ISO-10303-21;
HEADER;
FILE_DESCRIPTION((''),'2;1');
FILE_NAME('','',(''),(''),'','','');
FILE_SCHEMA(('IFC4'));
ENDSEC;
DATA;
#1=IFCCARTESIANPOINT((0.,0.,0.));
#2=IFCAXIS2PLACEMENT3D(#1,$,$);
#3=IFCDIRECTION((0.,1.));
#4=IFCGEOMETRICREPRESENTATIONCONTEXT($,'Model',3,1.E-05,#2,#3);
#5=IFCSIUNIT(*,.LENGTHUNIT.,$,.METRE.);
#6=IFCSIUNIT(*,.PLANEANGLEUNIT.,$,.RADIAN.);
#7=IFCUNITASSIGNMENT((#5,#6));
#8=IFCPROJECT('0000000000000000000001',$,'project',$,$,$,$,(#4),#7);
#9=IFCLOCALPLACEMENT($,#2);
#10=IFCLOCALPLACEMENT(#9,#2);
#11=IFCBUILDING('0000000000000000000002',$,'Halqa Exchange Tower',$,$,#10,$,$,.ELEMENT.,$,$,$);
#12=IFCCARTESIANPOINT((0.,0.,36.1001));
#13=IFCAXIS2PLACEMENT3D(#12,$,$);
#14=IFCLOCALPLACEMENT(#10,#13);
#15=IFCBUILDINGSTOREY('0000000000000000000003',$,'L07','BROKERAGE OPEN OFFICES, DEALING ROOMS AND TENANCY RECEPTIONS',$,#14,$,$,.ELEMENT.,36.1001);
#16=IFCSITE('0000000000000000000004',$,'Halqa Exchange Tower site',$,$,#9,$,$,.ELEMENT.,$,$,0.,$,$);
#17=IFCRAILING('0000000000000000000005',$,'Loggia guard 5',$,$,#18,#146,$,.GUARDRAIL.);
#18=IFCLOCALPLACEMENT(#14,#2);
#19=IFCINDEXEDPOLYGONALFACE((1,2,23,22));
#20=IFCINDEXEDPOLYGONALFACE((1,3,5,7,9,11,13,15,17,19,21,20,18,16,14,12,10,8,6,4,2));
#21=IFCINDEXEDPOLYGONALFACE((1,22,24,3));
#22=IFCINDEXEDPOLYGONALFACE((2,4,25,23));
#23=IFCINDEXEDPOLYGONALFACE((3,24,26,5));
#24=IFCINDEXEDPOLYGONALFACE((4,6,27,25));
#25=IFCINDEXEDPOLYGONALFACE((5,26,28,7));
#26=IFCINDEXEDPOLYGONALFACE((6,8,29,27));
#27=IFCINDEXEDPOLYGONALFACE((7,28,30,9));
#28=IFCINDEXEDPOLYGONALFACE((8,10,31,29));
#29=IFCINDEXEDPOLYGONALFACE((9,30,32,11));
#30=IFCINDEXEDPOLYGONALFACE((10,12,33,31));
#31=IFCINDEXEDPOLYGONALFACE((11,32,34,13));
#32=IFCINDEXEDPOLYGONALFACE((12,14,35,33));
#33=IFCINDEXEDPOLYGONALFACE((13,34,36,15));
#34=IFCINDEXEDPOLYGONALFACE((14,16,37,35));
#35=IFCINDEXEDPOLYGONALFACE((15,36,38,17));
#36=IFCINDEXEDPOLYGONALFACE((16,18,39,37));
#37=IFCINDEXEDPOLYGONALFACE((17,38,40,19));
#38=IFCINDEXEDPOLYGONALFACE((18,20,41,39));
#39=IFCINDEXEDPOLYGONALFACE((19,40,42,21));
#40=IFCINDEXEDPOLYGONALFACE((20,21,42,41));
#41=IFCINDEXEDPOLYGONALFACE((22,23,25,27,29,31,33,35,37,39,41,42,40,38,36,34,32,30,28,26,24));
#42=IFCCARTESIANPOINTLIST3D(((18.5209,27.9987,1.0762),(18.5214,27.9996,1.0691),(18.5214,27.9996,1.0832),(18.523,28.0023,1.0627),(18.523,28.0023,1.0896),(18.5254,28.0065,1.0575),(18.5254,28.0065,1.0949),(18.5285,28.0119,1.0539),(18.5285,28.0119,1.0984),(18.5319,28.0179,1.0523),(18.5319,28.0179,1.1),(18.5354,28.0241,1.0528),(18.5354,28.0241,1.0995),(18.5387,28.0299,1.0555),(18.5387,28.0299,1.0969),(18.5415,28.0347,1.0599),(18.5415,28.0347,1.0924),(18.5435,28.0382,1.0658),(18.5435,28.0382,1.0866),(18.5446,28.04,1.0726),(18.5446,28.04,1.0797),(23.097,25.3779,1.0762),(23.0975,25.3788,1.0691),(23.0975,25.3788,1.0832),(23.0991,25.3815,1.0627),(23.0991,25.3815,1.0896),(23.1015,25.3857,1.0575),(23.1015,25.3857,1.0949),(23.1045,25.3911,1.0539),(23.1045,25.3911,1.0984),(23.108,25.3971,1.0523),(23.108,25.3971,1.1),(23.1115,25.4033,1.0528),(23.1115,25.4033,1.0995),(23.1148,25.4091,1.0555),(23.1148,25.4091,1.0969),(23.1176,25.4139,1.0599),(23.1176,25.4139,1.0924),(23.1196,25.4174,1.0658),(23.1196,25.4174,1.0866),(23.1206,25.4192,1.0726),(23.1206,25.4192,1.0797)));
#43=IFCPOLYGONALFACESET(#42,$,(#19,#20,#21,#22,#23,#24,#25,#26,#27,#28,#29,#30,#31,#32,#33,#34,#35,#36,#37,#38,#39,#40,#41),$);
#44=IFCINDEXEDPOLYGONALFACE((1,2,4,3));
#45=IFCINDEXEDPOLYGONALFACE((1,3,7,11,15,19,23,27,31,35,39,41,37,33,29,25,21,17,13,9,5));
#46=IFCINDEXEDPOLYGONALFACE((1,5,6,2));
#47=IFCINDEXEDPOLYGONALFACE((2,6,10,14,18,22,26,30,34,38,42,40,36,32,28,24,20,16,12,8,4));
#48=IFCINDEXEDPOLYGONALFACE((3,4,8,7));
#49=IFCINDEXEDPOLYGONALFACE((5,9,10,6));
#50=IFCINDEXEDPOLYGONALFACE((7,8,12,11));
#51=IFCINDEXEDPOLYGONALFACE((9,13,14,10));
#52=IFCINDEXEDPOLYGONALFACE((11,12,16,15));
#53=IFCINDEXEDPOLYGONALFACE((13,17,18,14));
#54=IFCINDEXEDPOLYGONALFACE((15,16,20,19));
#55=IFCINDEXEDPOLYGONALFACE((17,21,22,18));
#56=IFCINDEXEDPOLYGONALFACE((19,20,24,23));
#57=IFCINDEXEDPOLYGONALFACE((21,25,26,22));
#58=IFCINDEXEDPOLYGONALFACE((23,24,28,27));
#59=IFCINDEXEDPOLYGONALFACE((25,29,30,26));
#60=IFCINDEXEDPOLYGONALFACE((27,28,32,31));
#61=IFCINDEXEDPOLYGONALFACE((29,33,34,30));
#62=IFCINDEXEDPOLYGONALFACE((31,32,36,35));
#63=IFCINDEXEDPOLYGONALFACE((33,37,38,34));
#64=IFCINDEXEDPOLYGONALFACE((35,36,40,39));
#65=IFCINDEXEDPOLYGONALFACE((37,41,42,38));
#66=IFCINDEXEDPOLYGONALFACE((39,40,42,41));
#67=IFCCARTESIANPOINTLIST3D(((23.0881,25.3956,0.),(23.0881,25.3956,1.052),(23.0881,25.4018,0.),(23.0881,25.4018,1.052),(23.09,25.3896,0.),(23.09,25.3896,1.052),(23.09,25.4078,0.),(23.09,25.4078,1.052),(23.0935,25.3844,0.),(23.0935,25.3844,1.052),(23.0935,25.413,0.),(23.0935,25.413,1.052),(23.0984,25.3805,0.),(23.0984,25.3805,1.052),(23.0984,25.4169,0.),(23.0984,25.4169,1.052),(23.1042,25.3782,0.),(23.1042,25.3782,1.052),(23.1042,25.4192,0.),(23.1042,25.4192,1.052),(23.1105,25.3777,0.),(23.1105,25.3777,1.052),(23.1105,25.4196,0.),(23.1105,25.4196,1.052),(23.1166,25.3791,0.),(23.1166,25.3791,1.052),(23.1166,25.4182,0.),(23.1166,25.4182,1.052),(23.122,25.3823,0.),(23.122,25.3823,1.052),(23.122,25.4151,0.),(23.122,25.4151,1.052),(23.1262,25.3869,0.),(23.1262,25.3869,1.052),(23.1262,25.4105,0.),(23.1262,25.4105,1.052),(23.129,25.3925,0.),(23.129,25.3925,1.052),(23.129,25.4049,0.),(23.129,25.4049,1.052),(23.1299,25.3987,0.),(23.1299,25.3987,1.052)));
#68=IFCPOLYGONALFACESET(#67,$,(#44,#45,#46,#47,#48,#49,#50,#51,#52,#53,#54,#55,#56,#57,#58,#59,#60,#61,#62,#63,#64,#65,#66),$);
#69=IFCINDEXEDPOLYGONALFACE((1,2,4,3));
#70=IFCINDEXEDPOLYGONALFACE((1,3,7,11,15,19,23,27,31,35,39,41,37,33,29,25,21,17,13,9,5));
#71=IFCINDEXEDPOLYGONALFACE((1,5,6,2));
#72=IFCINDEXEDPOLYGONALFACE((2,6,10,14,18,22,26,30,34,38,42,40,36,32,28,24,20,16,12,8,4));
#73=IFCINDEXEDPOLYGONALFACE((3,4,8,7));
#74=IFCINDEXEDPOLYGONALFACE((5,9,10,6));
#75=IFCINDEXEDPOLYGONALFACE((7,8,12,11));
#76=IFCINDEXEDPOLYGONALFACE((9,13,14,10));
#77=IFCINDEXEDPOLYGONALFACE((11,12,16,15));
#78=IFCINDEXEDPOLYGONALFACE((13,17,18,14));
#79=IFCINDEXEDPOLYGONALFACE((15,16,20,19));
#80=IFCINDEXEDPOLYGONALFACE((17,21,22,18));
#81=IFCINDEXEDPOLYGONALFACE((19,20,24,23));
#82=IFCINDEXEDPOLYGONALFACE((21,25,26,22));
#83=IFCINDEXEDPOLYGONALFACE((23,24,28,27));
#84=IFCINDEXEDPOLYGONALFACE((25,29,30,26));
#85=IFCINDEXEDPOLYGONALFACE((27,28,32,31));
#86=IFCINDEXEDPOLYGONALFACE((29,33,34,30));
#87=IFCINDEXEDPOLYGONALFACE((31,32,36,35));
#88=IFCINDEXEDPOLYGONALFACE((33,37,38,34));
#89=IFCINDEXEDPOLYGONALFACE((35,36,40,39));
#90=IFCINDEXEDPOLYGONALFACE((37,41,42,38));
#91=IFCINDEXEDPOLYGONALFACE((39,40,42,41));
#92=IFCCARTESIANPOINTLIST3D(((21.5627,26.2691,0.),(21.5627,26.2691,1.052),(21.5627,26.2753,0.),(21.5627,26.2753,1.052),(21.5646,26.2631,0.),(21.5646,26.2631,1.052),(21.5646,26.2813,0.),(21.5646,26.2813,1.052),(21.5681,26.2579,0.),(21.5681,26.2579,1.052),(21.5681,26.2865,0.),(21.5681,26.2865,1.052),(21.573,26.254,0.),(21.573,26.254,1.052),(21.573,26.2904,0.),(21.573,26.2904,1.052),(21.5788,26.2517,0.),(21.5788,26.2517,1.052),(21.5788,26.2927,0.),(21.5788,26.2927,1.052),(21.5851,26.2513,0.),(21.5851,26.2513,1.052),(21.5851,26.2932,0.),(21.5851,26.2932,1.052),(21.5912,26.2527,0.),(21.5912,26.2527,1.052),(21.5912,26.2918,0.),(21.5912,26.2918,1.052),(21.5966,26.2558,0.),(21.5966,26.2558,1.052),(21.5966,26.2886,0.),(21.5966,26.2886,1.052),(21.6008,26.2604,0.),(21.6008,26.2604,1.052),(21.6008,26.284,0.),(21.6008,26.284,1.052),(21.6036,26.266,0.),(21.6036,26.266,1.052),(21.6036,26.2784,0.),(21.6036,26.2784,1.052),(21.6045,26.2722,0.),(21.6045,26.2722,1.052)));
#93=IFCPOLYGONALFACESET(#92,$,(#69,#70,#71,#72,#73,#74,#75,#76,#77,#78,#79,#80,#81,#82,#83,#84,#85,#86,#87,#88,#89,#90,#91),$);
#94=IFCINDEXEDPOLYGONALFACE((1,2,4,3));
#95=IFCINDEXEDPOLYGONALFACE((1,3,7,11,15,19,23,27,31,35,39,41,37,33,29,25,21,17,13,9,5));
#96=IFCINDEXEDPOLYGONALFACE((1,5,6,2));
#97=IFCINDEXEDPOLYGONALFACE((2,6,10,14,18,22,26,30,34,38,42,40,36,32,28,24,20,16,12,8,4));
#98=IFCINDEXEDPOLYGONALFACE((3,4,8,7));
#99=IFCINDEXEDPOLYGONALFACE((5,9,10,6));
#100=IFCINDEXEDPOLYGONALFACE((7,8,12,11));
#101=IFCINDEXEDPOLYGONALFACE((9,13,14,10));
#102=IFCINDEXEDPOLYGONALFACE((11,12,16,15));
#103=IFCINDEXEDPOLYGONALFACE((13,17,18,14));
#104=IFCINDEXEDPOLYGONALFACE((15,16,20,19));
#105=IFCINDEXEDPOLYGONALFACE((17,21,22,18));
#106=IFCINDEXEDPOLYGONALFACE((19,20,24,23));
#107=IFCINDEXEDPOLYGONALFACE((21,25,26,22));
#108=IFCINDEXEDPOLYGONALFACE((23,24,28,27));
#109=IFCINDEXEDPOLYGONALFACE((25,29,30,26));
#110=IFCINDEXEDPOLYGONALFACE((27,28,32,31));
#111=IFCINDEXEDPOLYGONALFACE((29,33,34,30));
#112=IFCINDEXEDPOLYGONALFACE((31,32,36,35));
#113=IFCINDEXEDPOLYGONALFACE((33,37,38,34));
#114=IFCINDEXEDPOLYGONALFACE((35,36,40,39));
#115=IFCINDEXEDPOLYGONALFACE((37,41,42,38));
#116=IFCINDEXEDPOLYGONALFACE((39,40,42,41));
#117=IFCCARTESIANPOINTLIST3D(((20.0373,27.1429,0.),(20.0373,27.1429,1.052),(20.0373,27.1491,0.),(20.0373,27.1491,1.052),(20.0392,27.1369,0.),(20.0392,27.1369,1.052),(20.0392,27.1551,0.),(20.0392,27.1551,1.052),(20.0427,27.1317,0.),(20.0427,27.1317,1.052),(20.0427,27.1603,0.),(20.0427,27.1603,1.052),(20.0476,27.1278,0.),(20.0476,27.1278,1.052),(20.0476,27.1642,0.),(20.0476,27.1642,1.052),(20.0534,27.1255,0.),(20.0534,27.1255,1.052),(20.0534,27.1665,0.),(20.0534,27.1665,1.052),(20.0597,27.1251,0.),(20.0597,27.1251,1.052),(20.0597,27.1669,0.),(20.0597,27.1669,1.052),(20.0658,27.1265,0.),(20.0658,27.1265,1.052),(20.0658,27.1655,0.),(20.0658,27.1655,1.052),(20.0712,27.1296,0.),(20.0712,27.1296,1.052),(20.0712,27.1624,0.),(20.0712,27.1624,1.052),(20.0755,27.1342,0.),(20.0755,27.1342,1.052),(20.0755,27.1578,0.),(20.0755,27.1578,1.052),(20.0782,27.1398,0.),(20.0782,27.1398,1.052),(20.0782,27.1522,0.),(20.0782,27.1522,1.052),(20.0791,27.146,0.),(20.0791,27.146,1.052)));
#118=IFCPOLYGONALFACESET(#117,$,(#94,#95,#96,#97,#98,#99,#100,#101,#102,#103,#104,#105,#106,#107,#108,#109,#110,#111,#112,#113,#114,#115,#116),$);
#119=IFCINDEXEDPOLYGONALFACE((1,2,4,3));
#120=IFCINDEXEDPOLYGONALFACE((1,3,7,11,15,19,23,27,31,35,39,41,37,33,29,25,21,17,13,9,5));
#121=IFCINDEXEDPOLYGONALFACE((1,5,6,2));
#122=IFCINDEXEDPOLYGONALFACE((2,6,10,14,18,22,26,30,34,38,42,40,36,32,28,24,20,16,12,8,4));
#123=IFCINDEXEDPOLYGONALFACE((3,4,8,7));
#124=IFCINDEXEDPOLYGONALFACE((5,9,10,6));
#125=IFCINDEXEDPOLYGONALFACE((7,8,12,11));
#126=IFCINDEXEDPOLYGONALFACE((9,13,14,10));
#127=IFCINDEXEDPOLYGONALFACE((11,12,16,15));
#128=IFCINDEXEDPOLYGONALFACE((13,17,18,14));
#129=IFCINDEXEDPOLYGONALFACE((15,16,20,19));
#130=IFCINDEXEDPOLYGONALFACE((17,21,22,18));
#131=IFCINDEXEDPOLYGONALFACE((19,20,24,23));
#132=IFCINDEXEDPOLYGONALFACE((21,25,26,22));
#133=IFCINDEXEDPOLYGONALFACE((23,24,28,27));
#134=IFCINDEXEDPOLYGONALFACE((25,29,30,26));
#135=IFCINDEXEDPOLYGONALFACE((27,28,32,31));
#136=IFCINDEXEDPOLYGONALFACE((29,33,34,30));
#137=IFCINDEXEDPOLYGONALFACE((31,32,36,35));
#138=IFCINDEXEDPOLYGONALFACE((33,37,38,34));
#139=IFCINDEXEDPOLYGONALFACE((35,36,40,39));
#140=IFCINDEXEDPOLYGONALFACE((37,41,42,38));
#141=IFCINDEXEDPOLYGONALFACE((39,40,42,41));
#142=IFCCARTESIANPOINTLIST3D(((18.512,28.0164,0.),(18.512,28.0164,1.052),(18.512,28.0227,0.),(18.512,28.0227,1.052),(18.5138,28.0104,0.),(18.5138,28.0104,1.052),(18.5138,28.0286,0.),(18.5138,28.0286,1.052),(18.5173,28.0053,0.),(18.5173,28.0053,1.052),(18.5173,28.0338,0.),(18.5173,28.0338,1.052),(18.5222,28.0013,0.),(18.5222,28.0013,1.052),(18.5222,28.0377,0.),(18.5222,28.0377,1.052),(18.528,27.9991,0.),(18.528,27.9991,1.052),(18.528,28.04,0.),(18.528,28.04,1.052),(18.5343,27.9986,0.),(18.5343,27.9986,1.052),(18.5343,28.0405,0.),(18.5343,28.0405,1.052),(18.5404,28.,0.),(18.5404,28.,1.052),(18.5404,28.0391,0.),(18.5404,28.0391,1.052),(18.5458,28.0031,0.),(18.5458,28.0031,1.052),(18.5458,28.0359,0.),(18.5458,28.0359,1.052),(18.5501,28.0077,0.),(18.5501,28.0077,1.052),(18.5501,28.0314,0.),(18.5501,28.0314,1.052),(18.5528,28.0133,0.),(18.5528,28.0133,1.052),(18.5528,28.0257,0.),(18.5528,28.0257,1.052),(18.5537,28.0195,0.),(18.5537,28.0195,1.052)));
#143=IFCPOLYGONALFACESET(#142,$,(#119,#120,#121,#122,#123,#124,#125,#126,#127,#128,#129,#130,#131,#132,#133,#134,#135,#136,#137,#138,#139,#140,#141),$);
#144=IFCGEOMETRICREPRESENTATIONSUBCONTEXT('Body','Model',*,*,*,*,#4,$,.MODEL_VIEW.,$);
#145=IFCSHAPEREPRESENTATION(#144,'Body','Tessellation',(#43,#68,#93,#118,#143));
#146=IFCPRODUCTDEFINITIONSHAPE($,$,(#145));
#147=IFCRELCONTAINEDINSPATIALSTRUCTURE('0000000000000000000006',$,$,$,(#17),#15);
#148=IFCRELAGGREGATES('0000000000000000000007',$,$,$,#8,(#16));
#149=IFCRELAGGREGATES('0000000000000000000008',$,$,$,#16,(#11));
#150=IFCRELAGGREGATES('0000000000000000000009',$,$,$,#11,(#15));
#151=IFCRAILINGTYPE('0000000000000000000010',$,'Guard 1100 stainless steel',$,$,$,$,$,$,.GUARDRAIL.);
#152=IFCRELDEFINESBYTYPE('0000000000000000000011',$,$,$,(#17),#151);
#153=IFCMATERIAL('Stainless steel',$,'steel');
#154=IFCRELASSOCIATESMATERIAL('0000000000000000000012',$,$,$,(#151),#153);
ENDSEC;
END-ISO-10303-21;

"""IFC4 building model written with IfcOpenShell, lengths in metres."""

from ifc_helpers import new_model, si_unit, direction, frame, origin, origin_2d, place, context, subcontext, project, spatial, circle, extrude, material, type_object, element, save


model = new_model("IFC4")

# Units and contexts
model_context = context("Model", 3, precision=1e-05, world=origin(), true_north=direction((0.0, 1.0)))
body_context = subcontext(model_context, "Body", "Model", "MODEL_VIEW")
ifc_project = project(units=[si_unit("LENGTHUNIT", "METRE"), si_unit("PLANEANGLEUNIT", "RADIAN")], contexts=[model_context])

# Site, building, storey
site_placement = place(None, origin())
site = spatial("IfcSite", under=ifc_project, at=site_placement, Name="Halqa Exchange Tower site", CompositionType="ELEMENT", RefElevation=0.0)
building_placement = place(site_placement, origin())
building = spatial("IfcBuilding", under=site, at=building_placement, Name="Halqa Exchange Tower", CompositionType="ELEMENT")
storey_placement = place(building_placement, frame((0.0, 0.0, 36.1001)))
storey = spatial("IfcBuildingStorey", under=building, at=storey_placement, Name="L07", Description="BROKERAGE OPEN OFFICES, DEALING ROOMS AND TENANCY RECEPTIONS", CompositionType="ELEMENT", Elevation=36.1001)

# Railing
ifc_material_1 = material(Name="Stainless steel", Category="steel")
railing_type = type_object("IfcRailingType", Name="Guard 1100 stainless steel", PredefinedType="GUARDRAIL", material=ifc_material_1)
railing_1_placement = place(storey_placement, frame((23.1089, 25.3987, 0.0)))
element("IfcRailing", 1, at=railing_1_placement, inside=storey, type_object=railing_type, Name="Loggia guard 5", PredefinedType="GUARDRAIL", context=body_context, shape_type="SweptSolid", body=[
    extrude(circle(Radius=0.0239, at=origin_2d()), frame((0.0, 0.0, 1.0762), z_axis=(-0.867761, 0.496981, 0.0), x_axis=(-0.496981, -0.867761, 0.0)), (0.0, 0.0, 1.0), 5.2734),
    extrude(circle(Radius=0.021, at=origin_2d()), origin(), (0.0, 0.0, 1.0), 1.052),
    extrude(circle(Radius=0.021, at=origin_2d()), frame((-1.5254, 0.8735, 0.0)), (0.0, 0.0, 1.0), 1.052),
    extrude(circle(Radius=0.021, at=origin_2d()), frame((-3.0508, 1.7473, 0.0)), (0.0, 0.0, 1.0), 1.052),
    extrude(circle(Radius=0.021, at=origin_2d()), frame((-4.5762, 2.6208, 0.0)), (0.0, 0.0, 1.0), 1.052),
])

save(model, "model.ifc")
